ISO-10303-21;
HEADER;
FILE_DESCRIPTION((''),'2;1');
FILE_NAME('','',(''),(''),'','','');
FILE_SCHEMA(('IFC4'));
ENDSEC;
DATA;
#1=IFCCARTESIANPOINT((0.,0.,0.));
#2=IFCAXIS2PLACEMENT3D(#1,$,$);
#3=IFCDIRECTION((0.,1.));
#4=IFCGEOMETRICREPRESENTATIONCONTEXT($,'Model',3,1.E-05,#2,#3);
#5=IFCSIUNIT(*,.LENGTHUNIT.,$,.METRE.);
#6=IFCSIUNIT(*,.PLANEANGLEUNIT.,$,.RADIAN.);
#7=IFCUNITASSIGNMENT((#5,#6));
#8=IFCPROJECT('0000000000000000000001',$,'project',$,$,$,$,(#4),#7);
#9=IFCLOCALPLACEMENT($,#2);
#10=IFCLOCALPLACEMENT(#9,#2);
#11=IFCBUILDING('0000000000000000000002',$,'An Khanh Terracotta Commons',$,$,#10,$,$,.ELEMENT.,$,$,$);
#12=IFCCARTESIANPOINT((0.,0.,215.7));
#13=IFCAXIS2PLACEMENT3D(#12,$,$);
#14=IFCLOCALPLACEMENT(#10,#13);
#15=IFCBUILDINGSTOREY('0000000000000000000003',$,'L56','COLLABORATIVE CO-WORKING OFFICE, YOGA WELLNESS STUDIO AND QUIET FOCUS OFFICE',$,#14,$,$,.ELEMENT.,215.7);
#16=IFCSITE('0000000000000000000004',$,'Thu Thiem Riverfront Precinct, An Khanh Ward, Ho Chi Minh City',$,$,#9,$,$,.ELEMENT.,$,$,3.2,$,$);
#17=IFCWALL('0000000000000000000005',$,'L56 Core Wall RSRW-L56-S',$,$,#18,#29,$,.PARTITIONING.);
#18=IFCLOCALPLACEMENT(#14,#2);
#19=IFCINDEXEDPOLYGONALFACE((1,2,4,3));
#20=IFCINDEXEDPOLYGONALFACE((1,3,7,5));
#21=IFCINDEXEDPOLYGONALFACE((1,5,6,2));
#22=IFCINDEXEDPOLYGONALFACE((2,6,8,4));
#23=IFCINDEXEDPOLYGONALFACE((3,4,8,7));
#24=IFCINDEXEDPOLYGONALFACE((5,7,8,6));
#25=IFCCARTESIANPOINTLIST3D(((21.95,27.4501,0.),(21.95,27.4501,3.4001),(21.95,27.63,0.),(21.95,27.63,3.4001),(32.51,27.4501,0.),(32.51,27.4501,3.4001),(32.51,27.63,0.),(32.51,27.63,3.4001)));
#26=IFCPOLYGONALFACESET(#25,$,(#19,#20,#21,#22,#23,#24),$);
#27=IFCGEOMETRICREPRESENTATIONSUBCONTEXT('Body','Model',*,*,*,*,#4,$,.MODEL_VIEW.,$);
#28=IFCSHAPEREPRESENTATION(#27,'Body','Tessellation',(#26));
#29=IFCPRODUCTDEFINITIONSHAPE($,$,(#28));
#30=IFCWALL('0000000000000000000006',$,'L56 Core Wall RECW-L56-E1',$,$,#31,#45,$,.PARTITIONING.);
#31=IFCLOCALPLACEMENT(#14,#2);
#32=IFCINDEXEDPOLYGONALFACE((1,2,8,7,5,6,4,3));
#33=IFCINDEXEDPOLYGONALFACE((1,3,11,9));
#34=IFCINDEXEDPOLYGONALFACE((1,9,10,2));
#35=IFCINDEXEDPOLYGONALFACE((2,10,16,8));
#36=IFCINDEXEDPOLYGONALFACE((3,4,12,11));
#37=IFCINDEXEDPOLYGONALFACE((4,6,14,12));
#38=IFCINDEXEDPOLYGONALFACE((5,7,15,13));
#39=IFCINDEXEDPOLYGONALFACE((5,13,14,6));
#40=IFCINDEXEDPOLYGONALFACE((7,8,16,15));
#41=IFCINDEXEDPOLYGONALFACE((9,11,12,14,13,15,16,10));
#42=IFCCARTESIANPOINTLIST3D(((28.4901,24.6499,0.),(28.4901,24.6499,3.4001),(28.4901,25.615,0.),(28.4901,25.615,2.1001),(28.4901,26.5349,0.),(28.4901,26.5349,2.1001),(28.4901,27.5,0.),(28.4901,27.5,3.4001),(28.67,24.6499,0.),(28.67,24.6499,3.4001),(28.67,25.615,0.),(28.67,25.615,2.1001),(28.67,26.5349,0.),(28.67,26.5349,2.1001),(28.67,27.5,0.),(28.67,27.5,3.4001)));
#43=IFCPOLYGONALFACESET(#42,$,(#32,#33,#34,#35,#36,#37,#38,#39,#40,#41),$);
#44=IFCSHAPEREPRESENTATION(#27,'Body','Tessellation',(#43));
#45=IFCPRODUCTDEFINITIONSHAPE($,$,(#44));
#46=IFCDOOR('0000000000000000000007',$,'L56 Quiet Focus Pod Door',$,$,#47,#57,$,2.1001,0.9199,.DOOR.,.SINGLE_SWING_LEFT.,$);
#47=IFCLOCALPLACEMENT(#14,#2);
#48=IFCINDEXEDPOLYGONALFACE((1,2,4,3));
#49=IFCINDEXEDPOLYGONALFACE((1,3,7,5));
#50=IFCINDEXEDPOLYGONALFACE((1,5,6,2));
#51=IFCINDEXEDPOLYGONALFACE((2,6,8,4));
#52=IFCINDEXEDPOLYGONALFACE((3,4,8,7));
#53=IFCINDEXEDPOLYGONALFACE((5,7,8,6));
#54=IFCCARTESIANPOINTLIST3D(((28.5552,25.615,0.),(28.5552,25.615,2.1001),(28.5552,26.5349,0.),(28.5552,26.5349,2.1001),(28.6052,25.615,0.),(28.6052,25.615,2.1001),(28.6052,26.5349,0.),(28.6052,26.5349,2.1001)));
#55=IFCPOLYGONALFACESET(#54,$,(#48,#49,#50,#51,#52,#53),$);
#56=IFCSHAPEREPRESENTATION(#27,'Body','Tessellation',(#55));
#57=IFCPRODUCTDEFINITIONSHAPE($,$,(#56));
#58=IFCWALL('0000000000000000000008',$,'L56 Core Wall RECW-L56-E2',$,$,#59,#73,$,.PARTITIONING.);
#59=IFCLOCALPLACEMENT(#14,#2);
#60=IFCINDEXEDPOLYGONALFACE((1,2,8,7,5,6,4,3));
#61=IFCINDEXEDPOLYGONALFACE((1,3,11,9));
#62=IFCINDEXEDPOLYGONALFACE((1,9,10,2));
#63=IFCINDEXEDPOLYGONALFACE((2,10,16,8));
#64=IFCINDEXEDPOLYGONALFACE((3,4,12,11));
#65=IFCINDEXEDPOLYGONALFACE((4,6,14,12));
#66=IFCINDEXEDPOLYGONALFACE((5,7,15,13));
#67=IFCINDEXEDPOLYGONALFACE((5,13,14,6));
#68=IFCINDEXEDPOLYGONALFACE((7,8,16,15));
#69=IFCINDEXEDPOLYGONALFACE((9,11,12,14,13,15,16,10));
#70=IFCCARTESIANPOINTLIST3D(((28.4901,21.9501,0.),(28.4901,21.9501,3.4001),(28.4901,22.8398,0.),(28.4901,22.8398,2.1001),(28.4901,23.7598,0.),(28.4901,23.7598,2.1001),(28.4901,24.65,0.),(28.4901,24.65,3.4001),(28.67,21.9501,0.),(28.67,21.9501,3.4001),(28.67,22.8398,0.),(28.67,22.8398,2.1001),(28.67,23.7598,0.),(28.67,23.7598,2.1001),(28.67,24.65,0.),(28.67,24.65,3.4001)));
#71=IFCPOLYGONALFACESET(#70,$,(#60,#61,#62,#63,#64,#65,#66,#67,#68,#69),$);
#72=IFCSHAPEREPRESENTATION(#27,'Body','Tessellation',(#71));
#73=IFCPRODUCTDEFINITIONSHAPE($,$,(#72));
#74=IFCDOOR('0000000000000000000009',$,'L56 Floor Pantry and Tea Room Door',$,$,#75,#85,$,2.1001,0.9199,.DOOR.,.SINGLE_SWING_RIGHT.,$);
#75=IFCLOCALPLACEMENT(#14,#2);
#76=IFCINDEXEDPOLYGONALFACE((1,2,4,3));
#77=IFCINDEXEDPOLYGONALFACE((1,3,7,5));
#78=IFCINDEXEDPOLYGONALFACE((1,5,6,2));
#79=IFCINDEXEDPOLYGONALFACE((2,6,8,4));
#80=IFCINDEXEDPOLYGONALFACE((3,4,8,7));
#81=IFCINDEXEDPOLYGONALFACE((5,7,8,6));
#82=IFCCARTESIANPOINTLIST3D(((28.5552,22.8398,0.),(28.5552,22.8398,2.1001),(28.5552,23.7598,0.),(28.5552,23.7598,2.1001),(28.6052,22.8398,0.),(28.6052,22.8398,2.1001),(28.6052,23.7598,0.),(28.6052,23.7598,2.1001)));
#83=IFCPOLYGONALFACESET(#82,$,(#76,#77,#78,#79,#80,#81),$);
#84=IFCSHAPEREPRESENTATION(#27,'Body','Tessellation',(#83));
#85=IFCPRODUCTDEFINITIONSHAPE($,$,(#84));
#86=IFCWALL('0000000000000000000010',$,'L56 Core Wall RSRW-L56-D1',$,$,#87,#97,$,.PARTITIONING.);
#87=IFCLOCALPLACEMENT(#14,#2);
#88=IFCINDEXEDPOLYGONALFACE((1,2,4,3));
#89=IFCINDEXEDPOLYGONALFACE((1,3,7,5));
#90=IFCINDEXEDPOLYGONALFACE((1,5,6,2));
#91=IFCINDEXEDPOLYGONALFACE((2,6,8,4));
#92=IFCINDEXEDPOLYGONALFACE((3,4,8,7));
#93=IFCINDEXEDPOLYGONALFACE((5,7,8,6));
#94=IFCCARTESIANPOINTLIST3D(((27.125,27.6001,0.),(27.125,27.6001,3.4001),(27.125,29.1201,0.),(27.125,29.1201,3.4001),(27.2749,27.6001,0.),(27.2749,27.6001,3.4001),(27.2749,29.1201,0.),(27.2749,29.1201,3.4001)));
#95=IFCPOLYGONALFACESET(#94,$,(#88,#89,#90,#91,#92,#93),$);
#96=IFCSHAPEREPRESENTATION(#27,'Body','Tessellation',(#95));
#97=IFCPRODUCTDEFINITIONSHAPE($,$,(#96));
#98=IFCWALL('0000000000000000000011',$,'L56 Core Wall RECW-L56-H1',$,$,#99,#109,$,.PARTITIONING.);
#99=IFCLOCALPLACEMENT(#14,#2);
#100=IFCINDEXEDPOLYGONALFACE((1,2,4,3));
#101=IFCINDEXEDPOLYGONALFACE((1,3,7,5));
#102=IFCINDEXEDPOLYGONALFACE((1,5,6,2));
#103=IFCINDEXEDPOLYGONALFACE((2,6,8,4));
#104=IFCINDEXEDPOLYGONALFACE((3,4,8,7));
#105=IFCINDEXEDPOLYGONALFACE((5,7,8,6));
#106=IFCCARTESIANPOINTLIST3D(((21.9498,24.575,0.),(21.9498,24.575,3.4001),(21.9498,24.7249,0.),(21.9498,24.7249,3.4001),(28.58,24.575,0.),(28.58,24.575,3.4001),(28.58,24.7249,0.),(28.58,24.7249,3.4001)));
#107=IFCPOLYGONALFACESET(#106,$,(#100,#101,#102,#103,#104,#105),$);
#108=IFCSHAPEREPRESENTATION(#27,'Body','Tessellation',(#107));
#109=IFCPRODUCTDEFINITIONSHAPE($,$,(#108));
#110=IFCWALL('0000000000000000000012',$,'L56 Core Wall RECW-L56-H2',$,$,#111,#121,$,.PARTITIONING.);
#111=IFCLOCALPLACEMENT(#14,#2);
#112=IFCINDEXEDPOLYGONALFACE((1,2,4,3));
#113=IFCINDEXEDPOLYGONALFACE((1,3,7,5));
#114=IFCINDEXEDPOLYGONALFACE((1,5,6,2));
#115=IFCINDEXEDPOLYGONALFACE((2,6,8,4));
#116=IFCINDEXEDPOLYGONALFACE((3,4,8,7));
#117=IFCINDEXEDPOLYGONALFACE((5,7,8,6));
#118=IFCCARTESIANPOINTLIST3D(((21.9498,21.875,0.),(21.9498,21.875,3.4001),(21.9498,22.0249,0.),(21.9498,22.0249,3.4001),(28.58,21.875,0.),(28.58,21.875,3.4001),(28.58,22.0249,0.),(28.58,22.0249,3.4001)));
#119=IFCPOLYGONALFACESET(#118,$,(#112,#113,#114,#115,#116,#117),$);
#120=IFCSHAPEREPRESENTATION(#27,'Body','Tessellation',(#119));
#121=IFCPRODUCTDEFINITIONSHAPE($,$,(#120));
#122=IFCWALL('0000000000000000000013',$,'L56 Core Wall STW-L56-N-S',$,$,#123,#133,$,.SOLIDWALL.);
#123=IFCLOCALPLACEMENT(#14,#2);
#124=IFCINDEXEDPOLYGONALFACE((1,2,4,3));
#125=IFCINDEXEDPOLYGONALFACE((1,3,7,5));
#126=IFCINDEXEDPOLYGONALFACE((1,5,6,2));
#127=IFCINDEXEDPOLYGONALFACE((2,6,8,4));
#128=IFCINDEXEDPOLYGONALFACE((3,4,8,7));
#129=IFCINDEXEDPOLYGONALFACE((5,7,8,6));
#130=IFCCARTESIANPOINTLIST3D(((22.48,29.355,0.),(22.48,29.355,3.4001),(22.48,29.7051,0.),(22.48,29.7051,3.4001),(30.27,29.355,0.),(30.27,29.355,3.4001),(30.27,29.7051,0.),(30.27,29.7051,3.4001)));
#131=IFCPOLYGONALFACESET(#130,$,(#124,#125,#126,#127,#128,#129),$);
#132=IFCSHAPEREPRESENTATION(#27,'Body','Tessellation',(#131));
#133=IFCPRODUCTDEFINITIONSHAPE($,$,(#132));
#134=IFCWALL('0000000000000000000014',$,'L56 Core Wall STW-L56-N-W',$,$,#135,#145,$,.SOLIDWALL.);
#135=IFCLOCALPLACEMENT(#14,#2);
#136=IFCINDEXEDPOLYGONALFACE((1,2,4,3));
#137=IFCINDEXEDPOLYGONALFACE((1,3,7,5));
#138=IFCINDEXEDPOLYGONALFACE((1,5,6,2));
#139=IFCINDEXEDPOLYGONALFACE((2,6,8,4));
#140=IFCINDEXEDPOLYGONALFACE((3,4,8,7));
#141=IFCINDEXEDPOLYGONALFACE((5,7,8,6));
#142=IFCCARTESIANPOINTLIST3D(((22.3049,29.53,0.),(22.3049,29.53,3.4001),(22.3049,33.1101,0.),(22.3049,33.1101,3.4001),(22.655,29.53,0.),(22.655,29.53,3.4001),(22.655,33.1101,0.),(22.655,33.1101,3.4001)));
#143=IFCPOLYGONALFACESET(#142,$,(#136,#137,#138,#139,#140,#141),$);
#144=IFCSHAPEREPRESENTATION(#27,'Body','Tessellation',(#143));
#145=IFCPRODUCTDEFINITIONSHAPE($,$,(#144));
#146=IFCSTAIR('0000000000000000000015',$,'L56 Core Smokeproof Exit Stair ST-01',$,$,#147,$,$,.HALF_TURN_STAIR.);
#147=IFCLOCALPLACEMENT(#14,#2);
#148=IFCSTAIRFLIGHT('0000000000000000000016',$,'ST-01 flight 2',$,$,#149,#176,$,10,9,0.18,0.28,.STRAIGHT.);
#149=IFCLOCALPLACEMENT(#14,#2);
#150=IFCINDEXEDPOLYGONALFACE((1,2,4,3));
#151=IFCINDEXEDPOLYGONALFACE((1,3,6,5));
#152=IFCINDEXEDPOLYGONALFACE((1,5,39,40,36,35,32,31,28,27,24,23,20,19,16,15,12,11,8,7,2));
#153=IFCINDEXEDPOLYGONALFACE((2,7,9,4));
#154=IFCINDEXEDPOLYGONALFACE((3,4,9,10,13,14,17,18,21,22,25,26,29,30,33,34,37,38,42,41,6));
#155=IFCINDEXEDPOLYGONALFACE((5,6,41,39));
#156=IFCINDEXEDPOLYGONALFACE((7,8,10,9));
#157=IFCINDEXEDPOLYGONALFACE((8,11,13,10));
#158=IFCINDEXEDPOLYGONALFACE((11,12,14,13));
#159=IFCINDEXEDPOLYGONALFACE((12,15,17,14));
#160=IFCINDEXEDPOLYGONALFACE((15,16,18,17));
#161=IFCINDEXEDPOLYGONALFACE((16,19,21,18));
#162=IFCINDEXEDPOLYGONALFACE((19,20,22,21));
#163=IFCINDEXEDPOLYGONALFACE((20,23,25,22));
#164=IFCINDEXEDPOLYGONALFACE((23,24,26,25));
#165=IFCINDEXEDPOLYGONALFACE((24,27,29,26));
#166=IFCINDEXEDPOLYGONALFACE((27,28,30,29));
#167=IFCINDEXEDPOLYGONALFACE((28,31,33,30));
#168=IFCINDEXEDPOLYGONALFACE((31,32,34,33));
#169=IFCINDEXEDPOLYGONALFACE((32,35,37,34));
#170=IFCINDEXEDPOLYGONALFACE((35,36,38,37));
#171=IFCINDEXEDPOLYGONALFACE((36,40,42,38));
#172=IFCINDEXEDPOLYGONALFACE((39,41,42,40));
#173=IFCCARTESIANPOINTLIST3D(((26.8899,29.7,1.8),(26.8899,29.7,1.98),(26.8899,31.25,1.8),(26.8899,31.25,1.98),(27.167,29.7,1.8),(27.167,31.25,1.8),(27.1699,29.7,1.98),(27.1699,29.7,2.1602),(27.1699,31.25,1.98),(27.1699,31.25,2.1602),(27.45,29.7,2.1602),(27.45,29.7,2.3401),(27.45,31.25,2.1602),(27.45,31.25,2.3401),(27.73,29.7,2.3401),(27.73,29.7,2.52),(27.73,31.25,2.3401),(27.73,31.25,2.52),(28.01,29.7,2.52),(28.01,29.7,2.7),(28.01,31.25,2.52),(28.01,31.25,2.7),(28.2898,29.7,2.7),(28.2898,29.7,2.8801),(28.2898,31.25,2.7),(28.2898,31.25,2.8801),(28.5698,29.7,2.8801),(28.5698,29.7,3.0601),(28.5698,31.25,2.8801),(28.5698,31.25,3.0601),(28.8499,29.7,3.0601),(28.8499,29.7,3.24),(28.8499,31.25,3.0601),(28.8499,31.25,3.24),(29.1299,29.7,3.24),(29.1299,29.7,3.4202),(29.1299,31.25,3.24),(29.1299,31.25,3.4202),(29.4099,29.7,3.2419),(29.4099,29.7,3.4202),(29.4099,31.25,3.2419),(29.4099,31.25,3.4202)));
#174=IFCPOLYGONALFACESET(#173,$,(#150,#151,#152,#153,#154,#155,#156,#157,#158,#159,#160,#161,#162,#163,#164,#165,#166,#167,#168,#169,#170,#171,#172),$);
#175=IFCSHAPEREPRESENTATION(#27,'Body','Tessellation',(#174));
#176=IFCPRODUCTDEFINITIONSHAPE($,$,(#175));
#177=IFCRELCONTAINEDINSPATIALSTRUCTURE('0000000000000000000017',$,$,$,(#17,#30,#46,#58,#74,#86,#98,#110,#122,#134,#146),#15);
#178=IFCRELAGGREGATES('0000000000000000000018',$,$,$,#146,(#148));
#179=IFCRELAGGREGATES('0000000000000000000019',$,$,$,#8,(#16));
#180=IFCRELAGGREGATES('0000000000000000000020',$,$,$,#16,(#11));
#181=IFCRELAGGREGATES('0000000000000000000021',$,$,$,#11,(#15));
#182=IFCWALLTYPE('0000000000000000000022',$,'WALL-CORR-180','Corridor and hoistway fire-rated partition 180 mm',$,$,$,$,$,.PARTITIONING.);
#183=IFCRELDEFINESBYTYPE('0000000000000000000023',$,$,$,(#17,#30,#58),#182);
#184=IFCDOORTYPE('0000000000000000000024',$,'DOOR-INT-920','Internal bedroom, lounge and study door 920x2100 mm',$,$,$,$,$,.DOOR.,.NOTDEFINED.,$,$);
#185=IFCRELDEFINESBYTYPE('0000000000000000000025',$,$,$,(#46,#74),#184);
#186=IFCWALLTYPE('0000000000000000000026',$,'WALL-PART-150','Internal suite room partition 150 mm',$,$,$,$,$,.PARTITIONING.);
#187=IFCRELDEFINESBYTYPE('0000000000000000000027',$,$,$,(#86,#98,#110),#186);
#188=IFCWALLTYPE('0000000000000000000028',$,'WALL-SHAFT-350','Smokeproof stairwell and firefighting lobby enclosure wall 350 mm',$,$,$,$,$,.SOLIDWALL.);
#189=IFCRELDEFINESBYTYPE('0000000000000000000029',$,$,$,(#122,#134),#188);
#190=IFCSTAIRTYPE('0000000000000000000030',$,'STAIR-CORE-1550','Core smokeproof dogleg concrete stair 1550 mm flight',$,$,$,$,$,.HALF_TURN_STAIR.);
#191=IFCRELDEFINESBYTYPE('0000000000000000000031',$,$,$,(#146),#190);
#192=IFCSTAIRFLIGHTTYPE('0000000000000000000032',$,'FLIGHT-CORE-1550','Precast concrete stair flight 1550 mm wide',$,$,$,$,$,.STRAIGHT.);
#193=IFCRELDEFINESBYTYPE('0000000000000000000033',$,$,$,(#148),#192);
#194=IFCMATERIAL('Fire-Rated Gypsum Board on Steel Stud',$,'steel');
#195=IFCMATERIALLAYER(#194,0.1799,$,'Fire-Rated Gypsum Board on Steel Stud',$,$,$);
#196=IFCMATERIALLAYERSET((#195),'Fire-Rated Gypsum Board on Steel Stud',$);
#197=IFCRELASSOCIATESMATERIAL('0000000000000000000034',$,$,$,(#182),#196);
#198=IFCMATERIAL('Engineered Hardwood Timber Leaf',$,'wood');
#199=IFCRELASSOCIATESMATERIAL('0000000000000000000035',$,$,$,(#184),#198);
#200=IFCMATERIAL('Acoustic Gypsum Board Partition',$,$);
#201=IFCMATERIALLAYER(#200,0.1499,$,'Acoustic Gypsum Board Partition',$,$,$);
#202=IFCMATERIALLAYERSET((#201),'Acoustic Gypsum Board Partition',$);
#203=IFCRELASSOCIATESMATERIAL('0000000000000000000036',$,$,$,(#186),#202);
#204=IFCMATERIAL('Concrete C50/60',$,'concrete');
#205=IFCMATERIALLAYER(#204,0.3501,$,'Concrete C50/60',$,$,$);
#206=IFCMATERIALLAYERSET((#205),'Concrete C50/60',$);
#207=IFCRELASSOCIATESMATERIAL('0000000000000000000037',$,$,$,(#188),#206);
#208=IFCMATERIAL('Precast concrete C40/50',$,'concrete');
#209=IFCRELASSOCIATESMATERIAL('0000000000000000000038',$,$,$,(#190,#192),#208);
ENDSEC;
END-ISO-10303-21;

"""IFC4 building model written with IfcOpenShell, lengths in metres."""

from ifc_helpers import new_model, si_unit, direction, frame, frame_2d, origin, place, context, subcontext, project, spatial, polyline, rectangle, outline, extrude, material, layer, layer_set, type_object, element, fill, aggregate, save


model = new_model("IFC4")

# Units and contexts
model_context = context("Model", 3, precision=1e-05, world=origin(), true_north=direction((0.0, 1.0)))
body_context = subcontext(model_context, "Body", "Model", "MODEL_VIEW")
ifc_project = project(units=[si_unit("LENGTHUNIT", "METRE"), si_unit("PLANEANGLEUNIT", "RADIAN")], contexts=[model_context])

# Site, building, storey
site_placement = place(None, origin())
site = spatial("IfcSite", under=ifc_project, at=site_placement, Name="Thu Thiem Riverfront Precinct, An Khanh Ward, Ho Chi Minh City", CompositionType="ELEMENT", RefElevation=3.2)
building_placement = place(site_placement, origin())
building = spatial("IfcBuilding", under=site, at=building_placement, Name="An Khanh Terracotta Commons", CompositionType="ELEMENT")
storey_placement = place(building_placement, frame((0.0, 0.0, 215.7)))
storey = spatial("IfcBuildingStorey", under=building, at=storey_placement, Name="L56", Description="COLLABORATIVE CO-WORKING OFFICE, YOGA WELLNESS STUDIO AND QUIET FOCUS OFFICE", CompositionType="ELEMENT", Elevation=215.7)

# Wall
ifc_material_1 = material(Name="Fire-Rated Gypsum Board on Steel Stud", Category="steel")
ifc_layer_1 = layer(ifc_material_1, 0.1799, Name="Fire-Rated Gypsum Board on Steel Stud")
ifc_layer_set_1 = layer_set([ifc_layer_1], Name="Fire-Rated Gypsum Board on Steel Stud")
wall_type_1 = type_object("IfcWallType", Name="WALL-CORR-180", Description="Corridor and hoistway fire-rated partition 180 mm", PredefinedType="PARTITIONING", material=ifc_layer_set_1)
wall_1_placement = place(storey_placement, frame((21.95, 27.54, 0.0), z_axis=(0.0, 0.0, 1.0), x_axis=(1.0, 0.0, 0.0)))
element("IfcWall", 1, at=wall_1_placement, inside=storey, type_object=wall_type_1, Name="L56 Core Wall RSRW-L56-S", PredefinedType="PARTITIONING", context=body_context, shape_type="SweptSolid", body=[
    extrude(rectangle(XDim=10.5601, YDim=0.1799, at=frame_2d((5.28, 0.0))), origin(), (0.0, 0.0, 1.0), 3.4001),
])

# Walls, openings, doors
wall_2_placement = place(storey_placement, frame((28.5801, 24.6499, 0.0), z_axis=(0.0, 0.0, 1.0), x_axis=(0.0, 1.0, 0.0)))
wall_2 = element("IfcWall", 2, at=wall_2_placement, inside=storey, type_object=wall_type_1, Name="L56 Core Wall RECW-L56-E1", PredefinedType="PARTITIONING", context=body_context, shape_type="SweptSolid", body=[
    extrude(rectangle(XDim=2.8501, YDim=0.1799, at=frame_2d((1.425, 0.0))), origin(), (0.0, 0.0, 1.0), 3.4001),
])
opening_1_placement = place(wall_2_placement, frame((0.9651, 0.0, 0.0)))
opening_1 = element("IfcOpeningElement", 3, at=opening_1_placement, cuts=wall_2, PredefinedType="OPENING", context=body_context, shape_type="SweptSolid", body=[
    extrude(rectangle(XDim=0.9199, YDim=2.1001, at=frame_2d((0.46, 1.05))), frame((0.0, 0.0999, 0.0), z_axis=(0.0, -1.0, 0.0), x_axis=(1.0, 0.0, 0.0)), (0.0, 0.0, 1.0), 0.2),
])
ifc_material_2 = material(Name="Engineered Hardwood Timber Leaf", Category="wood")
door_type = type_object("IfcDoorType", Name="DOOR-INT-920", Description="Internal bedroom, lounge and study door 920x2100 mm", OperationType="NOTDEFINED", PredefinedType="DOOR", material=ifc_material_2)
door_1_placement = place(opening_1_placement, origin())
door_1 = element("IfcDoor", 4, at=door_1_placement, inside=storey, type_object=door_type, Name="L56 Quiet Focus Pod Door", OperationType="SINGLE_SWING_LEFT", OverallHeight=2.1001, OverallWidth=0.9199, PredefinedType="DOOR", context=body_context, shape_type="SweptSolid", body=[
    extrude(rectangle(XDim=0.9199, YDim=2.1001, at=frame_2d((0.46, 1.05))), frame((0.0, 0.0249, 0.0), z_axis=(0.0, -1.0, 0.0), x_axis=(1.0, 0.0, 0.0)), (0.0, 0.0, 1.0), 0.05),
])
fill(opening_1, door_1)
wall_3_placement = place(storey_placement, frame((28.5801, 21.95, 0.0), z_axis=(0.0, 0.0, 1.0), x_axis=(0.0, 1.0, 0.0)))
wall_3 = element("IfcWall", 5, at=wall_3_placement, inside=storey, type_object=wall_type_1, Name="L56 Core Wall RECW-L56-E2", PredefinedType="PARTITIONING", context=body_context, shape_type="SweptSolid", body=[
    extrude(rectangle(XDim=2.7, YDim=0.1799, at=frame_2d((1.3501, 0.0))), origin(), (0.0, 0.0, 1.0), 3.4001),
])
opening_2_placement = place(wall_3_placement, frame((0.8899, 0.0, 0.0)))
opening_2 = element("IfcOpeningElement", 6, at=opening_2_placement, cuts=wall_3, PredefinedType="OPENING", context=body_context, shape_type="SweptSolid", body=[
    extrude(rectangle(XDim=0.9199, YDim=2.1001, at=frame_2d((0.46, 1.05))), frame((0.0, 0.0999, 0.0), z_axis=(0.0, -1.0, 0.0), x_axis=(1.0, 0.0, 0.0)), (0.0, 0.0, 1.0), 0.2),
])
door_2_placement = place(opening_2_placement, origin())
door_2 = element("IfcDoor", 7, at=door_2_placement, inside=storey, type_object=door_type, Name="L56 Floor Pantry and Tea Room Door", OperationType="SINGLE_SWING_RIGHT", OverallHeight=2.1001, OverallWidth=0.9199, PredefinedType="DOOR", context=body_context, shape_type="SweptSolid", body=[
    extrude(rectangle(XDim=0.9199, YDim=2.1001, at=frame_2d((0.46, 1.05))), frame((0.0, 0.0249, 0.0), z_axis=(0.0, -1.0, 0.0), x_axis=(1.0, 0.0, 0.0)), (0.0, 0.0, 1.0), 0.05),
])
fill(opening_2, door_2)

# Walls
ifc_material_3 = material(Name="Acoustic Gypsum Board Partition")
ifc_layer_2 = layer(ifc_material_3, 0.1499, Name="Acoustic Gypsum Board Partition")
ifc_layer_set_2 = layer_set([ifc_layer_2], Name="Acoustic Gypsum Board Partition")
wall_type_2 = type_object("IfcWallType", Name="WALL-PART-150", Description="Internal suite room partition 150 mm", PredefinedType="PARTITIONING", material=ifc_layer_set_2)
wall_4_placement = place(storey_placement, frame((27.2, 27.6001, 0.0), z_axis=(0.0, 0.0, 1.0), x_axis=(0.0, 1.0, 0.0)))
element("IfcWall", 8, at=wall_4_placement, inside=storey, type_object=wall_type_2, Name="L56 Core Wall RSRW-L56-D1", PredefinedType="PARTITIONING", context=body_context, shape_type="SweptSolid", body=[
    extrude(rectangle(XDim=1.52, YDim=0.1499, at=frame_2d((0.76, 0.0))), origin(), (0.0, 0.0, 1.0), 3.4001),
])
for number, where, z_axis, x_axis, name in (
    (9, (21.95, 24.6499, 0.0), (0.0, 0.0, 1.0), (1.0, 0.0, 0.0), "L56 Core Wall RECW-L56-H1"),
    (10, (21.95, 21.95, 0.0), (0.0, 0.0, 1.0), (1.0, 0.0, 0.0), "L56 Core Wall RECW-L56-H2"),
):
    element("IfcWall", number, at=place(storey_placement, frame(where, z_axis=z_axis, x_axis=x_axis)), inside=storey, type_object=wall_type_2, Name=name, PredefinedType="PARTITIONING", context=body_context, shape_type="SweptSolid", body=[
        extrude(rectangle(XDim=6.6301, YDim=0.1499, at=frame_2d((3.3149, 0.0))), origin(), (0.0, 0.0, 1.0), 3.4001),
    ])
ifc_material_4 = material(Name="Concrete C50/60", Category="concrete")
ifc_layer_3 = layer(ifc_material_4, 0.3501, Name="Concrete C50/60")
ifc_layer_set_3 = layer_set([ifc_layer_3], Name="Concrete C50/60")
wall_type_3 = type_object("IfcWallType", Name="WALL-SHAFT-350", Description="Smokeproof stairwell and firefighting lobby enclosure wall 350 mm", PredefinedType="SOLIDWALL", material=ifc_layer_set_3)
wall_5_placement = place(storey_placement, frame((22.48, 29.53, 0.0), z_axis=(0.0, 0.0, 1.0), x_axis=(1.0, 0.0, 0.0)))
element("IfcWall", 11, at=wall_5_placement, inside=storey, type_object=wall_type_3, Name="L56 Core Wall STW-L56-N-S", PredefinedType="SOLIDWALL", context=body_context, shape_type="SweptSolid", body=[
    extrude(rectangle(XDim=7.79, YDim=0.3501, at=frame_2d((3.895, 0.0))), origin(), (0.0, 0.0, 1.0), 3.4001),
])
wall_6_placement = place(storey_placement, frame((22.48, 29.53, 0.0), z_axis=(0.0, 0.0, 1.0), x_axis=(0.0, 1.0, 0.0)))
element("IfcWall", 12, at=wall_6_placement, inside=storey, type_object=wall_type_3, Name="L56 Core Wall STW-L56-N-W", PredefinedType="SOLIDWALL", context=body_context, shape_type="SweptSolid", body=[
    extrude(rectangle(XDim=3.5801, YDim=0.3501, at=frame_2d((1.79, 0.0))), origin(), (0.0, 0.0, 1.0), 3.4001),
])

# Stair, stair flight
ifc_material_5 = material(Name="Precast concrete C40/50", Category="concrete")
stair_type = type_object("IfcStairType", Name="STAIR-CORE-1550", Description="Core smokeproof dogleg concrete stair 1550 mm flight", PredefinedType="HALF_TURN_STAIR", material=ifc_material_5)
stair_placement = place(storey_placement, origin())
stair = element("IfcStair", 13, at=stair_placement, inside=storey, type_object=stair_type, Name="L56 Core Smokeproof Exit Stair ST-01", PredefinedType="HALF_TURN_STAIR")
stair_flight_type = type_object("IfcStairFlightType", Name="FLIGHT-CORE-1550", Description="Precast concrete stair flight 1550 mm wide", PredefinedType="STRAIGHT", material=ifc_material_5)
stair_flight_placement = place(storey_placement, frame((26.8899, 30.4751, 1.8), z_axis=(0.0, 0.0, 1.0), x_axis=(1.0, 0.0, 0.0)))
stair_flight = element("IfcStairFlight", 14, at=stair_flight_placement, type_object=stair_flight_type, Name="ST-01 flight 2", NumberOfRisers=10, NumberOfTreads=9, PredefinedType="STRAIGHT", RiserHeight=0.18, TreadLength=0.28, context=body_context, shape_type="SweptSolid", body=[
    extrude(outline(polyline([(0.0, 0.0), (0.0, 0.1799), (0.28, 0.1799), (0.28, 0.3601), (0.5601, 0.3601), (0.5601, 0.54), (0.8401, 0.54), (0.8401, 0.72), (1.1201, 0.72), (1.1201, 0.8999), (1.3999, 0.8999), (1.3999, 1.0801), (1.6799, 1.0801), (1.6799, 1.26), (1.96, 1.26), (1.96, 1.4399), (2.24, 1.4399), (2.24, 1.6201), (2.52, 1.6201), (2.52, 1.8), (2.52, 1.4419), (0.2771, 0.0), (0.0, 0.0)])), frame((0.0, 0.7749, 0.0), z_axis=(0.0, -1.0, 0.0), x_axis=(1.0, 0.0, 0.0)), (0.0, 0.0, 1.0), 1.55),
])
aggregate(stair, [stair_flight])

save(model, "model.ifc")
